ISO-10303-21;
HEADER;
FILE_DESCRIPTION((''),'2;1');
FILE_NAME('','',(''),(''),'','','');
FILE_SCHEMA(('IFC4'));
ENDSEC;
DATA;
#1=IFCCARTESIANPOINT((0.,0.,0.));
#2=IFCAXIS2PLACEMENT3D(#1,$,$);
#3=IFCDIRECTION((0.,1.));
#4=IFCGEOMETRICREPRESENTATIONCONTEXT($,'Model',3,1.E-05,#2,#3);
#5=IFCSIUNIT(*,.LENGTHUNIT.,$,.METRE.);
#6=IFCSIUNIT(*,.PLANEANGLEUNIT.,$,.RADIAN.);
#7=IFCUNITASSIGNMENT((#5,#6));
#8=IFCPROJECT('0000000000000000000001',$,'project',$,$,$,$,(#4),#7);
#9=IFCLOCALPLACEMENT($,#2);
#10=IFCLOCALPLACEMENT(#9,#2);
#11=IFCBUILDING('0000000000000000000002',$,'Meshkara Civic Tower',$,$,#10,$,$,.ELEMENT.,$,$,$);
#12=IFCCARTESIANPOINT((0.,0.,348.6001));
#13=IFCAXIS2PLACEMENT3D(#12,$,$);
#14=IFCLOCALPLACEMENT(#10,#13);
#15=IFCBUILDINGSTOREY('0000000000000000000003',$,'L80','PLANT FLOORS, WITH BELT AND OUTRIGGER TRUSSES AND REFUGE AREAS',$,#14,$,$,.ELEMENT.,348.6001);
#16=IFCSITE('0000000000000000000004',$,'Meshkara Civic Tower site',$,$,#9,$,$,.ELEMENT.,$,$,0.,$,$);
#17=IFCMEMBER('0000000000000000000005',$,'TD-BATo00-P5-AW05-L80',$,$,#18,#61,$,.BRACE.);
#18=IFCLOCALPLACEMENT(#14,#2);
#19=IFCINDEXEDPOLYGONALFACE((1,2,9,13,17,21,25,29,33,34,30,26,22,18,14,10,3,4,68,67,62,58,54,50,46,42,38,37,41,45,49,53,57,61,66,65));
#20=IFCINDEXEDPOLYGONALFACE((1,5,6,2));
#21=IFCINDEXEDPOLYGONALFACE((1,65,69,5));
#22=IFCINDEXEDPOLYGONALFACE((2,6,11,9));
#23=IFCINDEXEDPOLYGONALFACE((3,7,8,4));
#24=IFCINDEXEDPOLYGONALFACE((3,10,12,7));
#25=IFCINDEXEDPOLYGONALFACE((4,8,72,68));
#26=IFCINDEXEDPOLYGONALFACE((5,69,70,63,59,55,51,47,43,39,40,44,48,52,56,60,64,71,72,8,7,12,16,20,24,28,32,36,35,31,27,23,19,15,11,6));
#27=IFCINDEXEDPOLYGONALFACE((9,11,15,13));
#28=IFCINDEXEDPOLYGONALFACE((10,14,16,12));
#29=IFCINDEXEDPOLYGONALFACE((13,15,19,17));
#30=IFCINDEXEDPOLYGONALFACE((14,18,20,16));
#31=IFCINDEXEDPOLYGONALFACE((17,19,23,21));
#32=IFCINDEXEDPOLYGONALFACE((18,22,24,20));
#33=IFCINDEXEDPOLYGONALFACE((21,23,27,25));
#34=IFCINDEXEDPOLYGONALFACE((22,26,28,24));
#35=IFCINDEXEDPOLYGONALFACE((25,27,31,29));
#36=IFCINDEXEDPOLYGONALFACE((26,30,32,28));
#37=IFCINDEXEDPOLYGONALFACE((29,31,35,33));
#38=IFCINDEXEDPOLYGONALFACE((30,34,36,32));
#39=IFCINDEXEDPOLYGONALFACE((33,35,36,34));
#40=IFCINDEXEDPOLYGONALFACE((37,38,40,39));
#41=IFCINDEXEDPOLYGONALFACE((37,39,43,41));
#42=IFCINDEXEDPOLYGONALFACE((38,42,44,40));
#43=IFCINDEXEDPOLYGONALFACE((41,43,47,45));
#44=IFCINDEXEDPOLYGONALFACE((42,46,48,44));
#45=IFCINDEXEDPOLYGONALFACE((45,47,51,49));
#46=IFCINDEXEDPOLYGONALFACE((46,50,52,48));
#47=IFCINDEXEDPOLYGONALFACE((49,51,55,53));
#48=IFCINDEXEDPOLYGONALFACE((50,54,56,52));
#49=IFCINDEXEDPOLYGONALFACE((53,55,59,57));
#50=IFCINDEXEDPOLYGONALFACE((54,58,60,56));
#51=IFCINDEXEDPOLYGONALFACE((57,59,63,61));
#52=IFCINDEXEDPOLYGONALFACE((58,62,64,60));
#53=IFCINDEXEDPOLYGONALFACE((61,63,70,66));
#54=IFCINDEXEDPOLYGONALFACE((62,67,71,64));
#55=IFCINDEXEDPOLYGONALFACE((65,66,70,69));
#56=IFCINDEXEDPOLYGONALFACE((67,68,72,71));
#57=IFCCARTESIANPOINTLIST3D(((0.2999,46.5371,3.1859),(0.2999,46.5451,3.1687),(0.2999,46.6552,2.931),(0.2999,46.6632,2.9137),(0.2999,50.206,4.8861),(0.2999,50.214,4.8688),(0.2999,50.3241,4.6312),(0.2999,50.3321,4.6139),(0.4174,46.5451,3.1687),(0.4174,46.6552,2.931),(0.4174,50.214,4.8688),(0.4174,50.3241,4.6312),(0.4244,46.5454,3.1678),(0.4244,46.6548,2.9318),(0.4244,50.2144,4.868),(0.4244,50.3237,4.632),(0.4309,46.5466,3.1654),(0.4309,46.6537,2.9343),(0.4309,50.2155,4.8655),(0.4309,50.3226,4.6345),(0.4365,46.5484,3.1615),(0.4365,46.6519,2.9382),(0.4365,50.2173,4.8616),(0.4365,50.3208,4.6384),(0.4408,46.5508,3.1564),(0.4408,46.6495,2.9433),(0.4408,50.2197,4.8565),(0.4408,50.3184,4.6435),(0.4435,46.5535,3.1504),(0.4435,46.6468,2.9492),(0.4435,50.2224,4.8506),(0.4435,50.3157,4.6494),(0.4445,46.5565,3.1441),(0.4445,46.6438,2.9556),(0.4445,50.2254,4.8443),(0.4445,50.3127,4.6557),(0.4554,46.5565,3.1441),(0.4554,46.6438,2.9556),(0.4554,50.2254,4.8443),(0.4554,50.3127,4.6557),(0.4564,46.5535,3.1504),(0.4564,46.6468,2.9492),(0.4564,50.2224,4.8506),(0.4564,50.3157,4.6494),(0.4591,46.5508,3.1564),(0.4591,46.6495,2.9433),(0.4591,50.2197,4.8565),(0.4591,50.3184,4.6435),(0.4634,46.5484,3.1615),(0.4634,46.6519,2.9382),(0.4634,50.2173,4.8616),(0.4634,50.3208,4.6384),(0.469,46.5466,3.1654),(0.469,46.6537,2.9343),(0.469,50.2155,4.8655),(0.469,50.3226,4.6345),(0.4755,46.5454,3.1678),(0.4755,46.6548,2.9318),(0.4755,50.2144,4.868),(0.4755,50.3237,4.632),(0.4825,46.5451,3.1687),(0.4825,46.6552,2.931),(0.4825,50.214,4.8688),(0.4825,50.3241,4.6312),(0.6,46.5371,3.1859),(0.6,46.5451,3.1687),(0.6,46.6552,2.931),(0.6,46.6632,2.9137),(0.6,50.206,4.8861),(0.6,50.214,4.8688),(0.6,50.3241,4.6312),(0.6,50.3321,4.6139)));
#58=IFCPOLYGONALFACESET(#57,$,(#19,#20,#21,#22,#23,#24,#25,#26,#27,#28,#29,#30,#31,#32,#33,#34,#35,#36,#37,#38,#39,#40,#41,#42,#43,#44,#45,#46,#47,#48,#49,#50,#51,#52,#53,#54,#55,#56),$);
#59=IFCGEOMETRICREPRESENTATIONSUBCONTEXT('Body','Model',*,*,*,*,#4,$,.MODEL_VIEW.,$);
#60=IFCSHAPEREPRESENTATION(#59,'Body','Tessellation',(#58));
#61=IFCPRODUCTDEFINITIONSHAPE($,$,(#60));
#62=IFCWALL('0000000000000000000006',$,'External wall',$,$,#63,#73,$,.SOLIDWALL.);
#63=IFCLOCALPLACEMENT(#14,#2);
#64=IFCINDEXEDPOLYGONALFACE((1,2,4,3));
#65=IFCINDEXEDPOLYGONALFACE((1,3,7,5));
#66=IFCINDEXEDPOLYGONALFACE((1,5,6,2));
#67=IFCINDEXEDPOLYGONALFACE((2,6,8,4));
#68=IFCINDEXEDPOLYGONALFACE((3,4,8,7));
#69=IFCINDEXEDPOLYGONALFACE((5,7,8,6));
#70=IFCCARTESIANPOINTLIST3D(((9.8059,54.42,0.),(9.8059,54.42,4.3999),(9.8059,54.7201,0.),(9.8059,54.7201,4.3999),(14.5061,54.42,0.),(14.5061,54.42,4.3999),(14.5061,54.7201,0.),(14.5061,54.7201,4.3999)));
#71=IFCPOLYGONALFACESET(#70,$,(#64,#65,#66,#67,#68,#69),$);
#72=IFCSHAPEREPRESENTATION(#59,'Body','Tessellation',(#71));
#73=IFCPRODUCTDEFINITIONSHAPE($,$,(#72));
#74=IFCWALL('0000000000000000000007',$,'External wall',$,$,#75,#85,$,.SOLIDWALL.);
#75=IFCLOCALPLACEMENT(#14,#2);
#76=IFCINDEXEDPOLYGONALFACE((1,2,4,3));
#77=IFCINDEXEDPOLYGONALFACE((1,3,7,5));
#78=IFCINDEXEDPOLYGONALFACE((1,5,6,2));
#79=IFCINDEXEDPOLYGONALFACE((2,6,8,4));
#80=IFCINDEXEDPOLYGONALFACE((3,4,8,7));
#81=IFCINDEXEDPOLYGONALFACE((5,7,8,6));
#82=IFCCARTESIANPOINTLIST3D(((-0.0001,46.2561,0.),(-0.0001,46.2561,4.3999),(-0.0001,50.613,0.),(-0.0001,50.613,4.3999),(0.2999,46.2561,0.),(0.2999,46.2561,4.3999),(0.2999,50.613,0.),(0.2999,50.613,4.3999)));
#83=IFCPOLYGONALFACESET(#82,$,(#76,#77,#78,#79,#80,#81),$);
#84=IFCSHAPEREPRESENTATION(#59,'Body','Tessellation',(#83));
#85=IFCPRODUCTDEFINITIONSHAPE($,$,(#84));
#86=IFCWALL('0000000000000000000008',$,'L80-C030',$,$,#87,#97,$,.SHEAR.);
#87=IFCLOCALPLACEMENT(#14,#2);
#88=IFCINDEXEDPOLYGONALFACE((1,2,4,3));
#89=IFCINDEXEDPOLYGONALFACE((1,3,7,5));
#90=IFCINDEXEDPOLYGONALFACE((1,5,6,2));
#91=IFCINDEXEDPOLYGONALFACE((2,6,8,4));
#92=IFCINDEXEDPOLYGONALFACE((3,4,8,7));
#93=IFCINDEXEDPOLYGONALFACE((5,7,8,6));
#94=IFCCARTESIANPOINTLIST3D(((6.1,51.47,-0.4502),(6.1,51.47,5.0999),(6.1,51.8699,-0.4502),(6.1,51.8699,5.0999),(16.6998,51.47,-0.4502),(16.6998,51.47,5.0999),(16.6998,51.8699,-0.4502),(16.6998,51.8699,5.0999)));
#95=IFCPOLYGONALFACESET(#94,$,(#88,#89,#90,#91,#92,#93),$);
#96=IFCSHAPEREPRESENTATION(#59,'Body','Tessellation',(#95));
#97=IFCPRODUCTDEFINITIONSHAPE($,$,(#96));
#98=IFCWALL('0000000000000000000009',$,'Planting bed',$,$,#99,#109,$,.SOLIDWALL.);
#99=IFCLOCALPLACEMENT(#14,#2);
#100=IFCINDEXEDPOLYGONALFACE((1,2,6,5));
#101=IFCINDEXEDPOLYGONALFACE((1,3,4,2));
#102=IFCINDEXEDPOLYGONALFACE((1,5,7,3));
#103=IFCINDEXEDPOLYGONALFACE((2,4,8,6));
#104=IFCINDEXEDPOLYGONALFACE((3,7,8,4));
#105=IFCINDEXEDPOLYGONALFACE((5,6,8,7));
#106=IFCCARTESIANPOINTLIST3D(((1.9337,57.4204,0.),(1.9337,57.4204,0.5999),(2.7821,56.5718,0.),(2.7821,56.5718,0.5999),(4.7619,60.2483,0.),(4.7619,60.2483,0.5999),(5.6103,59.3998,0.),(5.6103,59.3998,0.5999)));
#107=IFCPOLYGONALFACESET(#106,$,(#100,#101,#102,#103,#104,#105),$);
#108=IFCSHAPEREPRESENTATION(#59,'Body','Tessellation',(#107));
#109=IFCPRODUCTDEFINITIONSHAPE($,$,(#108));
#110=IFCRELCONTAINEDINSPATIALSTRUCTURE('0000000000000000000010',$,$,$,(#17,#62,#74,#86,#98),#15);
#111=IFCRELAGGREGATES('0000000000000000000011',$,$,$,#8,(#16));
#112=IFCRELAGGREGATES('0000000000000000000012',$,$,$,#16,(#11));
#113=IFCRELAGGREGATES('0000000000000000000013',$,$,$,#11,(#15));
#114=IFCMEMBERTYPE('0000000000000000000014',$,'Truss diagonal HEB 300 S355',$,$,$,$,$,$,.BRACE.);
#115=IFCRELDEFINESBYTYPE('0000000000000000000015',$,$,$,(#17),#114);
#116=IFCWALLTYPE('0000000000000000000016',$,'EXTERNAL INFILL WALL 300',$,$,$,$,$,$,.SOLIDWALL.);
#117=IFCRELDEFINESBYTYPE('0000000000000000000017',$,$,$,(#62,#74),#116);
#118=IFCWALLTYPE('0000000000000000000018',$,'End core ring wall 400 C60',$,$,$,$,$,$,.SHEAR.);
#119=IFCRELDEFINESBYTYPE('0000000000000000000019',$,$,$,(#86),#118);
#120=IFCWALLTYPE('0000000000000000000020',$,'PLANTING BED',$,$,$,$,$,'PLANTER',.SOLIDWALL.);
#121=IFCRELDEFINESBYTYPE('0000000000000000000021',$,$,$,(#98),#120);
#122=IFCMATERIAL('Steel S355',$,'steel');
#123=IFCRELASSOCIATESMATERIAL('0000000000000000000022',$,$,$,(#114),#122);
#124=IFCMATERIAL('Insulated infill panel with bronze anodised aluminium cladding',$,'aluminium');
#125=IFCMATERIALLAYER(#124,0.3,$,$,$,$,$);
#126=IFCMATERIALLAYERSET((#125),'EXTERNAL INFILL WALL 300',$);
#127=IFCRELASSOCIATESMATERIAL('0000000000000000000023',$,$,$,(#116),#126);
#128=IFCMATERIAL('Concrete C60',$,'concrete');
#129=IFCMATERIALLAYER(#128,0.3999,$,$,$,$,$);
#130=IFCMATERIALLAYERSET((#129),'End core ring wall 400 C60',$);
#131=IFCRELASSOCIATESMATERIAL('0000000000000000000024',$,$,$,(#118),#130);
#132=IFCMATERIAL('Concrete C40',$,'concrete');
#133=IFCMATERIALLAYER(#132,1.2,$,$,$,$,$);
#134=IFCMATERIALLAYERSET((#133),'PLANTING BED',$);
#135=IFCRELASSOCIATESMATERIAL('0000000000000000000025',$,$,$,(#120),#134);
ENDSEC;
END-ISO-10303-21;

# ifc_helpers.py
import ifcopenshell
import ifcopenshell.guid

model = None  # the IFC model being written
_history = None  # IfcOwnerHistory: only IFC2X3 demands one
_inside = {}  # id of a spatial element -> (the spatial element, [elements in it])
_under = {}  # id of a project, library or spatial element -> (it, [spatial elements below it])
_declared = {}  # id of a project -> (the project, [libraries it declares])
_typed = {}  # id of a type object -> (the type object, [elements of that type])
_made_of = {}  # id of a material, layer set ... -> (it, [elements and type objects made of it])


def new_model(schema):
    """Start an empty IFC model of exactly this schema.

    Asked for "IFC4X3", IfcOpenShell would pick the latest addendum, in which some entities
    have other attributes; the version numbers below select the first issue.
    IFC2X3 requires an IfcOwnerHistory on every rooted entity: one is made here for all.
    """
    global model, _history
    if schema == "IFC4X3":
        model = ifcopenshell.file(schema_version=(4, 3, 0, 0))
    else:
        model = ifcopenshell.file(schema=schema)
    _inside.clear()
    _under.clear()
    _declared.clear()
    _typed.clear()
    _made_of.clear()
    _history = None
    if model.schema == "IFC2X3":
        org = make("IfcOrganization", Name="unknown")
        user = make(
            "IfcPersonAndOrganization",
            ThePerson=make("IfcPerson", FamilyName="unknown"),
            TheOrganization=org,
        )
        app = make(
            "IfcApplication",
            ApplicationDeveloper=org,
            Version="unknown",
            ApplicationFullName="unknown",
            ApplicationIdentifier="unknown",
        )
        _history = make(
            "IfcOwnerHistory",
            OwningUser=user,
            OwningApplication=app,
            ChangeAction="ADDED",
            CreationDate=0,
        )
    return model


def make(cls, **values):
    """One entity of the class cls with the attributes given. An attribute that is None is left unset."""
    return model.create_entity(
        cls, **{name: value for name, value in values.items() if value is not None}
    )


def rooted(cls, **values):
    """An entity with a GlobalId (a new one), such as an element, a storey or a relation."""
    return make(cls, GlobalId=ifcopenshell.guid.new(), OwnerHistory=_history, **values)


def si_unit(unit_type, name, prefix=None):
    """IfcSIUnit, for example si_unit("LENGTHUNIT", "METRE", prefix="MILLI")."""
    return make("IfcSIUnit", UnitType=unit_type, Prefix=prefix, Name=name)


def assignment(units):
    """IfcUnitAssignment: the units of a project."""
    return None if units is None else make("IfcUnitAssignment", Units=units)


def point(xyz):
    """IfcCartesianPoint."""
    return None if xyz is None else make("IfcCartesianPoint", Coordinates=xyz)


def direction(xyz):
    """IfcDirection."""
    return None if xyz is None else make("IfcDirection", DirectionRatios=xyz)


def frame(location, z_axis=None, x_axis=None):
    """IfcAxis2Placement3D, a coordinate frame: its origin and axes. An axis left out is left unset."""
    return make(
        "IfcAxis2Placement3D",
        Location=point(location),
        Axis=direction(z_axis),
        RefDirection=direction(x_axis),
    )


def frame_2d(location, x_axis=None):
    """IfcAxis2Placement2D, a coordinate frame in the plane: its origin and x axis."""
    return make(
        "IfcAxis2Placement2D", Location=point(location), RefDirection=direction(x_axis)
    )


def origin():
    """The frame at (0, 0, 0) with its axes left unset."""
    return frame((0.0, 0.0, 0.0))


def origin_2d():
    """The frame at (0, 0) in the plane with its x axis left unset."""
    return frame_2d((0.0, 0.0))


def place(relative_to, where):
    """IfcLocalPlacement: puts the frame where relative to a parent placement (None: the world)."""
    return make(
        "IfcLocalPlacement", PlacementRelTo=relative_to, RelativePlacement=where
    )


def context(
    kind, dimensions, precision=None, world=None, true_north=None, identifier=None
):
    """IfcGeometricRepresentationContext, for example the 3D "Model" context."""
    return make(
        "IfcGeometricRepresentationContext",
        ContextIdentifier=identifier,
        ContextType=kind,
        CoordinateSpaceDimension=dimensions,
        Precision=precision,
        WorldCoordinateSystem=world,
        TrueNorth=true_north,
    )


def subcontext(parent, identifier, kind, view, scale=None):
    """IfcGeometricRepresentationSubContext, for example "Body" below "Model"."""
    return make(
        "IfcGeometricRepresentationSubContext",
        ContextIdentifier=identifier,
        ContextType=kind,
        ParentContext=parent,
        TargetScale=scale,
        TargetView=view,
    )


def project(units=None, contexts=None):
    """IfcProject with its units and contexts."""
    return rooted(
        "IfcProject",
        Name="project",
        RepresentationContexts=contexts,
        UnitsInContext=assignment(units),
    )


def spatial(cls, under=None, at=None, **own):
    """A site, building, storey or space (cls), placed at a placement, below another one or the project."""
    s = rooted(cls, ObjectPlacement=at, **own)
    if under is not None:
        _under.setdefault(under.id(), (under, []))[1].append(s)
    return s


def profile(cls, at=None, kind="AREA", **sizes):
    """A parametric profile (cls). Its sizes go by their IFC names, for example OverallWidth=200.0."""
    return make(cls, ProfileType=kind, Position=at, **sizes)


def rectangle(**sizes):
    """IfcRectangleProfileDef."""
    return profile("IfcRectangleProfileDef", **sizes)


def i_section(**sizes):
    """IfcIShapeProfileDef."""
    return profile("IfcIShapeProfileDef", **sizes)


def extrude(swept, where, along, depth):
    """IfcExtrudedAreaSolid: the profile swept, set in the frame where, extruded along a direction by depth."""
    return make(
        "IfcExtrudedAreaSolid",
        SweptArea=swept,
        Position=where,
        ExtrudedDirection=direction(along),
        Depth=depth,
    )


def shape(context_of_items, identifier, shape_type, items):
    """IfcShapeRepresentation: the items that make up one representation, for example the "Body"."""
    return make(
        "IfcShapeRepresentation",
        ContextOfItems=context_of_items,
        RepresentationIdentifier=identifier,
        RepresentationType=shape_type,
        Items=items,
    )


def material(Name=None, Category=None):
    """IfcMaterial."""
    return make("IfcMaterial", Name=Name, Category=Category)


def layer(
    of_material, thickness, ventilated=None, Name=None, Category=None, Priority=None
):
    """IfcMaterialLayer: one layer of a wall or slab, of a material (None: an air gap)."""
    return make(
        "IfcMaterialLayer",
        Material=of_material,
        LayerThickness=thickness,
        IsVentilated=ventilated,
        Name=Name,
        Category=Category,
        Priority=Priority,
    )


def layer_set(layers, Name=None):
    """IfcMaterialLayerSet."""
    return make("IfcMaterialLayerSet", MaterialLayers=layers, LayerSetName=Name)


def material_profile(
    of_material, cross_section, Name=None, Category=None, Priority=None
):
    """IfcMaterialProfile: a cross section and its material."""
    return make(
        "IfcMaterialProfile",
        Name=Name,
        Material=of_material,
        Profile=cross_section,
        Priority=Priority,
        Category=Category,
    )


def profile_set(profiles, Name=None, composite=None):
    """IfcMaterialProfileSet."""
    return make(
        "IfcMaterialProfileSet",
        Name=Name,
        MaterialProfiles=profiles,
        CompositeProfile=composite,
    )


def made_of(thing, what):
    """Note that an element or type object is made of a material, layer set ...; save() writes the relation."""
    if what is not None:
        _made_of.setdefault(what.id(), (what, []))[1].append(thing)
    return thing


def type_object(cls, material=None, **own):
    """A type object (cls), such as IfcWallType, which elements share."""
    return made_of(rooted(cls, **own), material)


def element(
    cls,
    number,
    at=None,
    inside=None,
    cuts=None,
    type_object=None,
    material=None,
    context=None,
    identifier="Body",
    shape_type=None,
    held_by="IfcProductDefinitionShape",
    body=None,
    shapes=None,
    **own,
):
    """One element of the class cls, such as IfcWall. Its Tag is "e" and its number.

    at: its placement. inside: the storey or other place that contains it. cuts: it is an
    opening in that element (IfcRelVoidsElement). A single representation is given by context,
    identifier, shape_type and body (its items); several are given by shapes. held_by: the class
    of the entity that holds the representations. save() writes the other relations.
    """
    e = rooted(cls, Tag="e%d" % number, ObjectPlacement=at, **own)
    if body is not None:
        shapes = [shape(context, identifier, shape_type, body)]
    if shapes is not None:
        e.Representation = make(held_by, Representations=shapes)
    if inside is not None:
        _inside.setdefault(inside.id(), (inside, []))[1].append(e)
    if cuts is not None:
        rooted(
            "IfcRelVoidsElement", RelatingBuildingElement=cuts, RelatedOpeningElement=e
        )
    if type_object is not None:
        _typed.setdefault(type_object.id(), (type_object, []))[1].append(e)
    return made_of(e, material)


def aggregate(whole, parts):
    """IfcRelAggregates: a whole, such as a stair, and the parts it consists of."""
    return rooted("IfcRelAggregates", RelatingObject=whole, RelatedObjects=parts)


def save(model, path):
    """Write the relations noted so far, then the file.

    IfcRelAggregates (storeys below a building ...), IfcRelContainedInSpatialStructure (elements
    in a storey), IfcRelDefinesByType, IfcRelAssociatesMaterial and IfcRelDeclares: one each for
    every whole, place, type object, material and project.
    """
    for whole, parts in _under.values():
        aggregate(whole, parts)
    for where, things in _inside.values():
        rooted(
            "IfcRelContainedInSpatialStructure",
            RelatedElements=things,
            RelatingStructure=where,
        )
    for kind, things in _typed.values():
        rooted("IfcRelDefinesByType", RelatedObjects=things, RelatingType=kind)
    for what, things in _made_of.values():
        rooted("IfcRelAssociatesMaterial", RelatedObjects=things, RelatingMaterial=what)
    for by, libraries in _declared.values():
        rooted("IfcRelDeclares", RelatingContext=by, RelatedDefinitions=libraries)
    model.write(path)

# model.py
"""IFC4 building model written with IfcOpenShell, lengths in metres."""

from ifc_helpers import new_model, si_unit, direction, frame, frame_2d, origin, origin_2d, place, context, subcontext, project, spatial, rectangle, i_section, extrude, material, layer, layer_set, material_profile, profile_set, type_object, element, save


model = new_model("IFC4")

# Units and contexts
model_context = context("Model", 3, precision=1e-05, world=origin(), true_north=direction((0.0, 1.0)))
body_context = subcontext(model_context, "Body", "Model", "MODEL_VIEW")
ifc_project = project(units=[si_unit("LENGTHUNIT", "METRE"), si_unit("PLANEANGLEUNIT", "RADIAN")], contexts=[model_context])

# Site, building, storey
site_placement = place(None, origin())
site = spatial("IfcSite", under=ifc_project, at=site_placement, Name="Meshkara Civic Tower site", CompositionType="ELEMENT", RefElevation=0.0)
building_placement = place(site_placement, origin())
building = spatial("IfcBuilding", under=site, at=building_placement, Name="Meshkara Civic Tower", CompositionType="ELEMENT")
storey_placement = place(building_placement, frame((0.0, 0.0, 348.6001)))
storey = spatial("IfcBuildingStorey", under=building, at=storey_placement, Name="L80", Description="PLANT FLOORS, WITH BELT AND OUTRIGGER TRUSSES AND REFUGE AREAS", CompositionType="ELEMENT", Elevation=348.6001)

# Member
ifc_material_1 = material(Name="Steel S355", Category="steel")
ifc_material_profile_1 = material_profile(ifc_material_1, i_section(OverallWidth=0.3, OverallDepth=0.3, WebThickness=0.011, FlangeThickness=0.019, FilletRadius=0.0271, at=origin_2d()))
ifc_profile_set_1 = profile_set([ifc_material_profile_1], Name="Steel S355")
member_type = type_object("IfcMemberType", Name="Truss diagonal HEB 300 S355", PredefinedType="BRACE", material=ifc_profile_set_1)
member_1_placement = place(storey_placement, frame((0.45, 50.269, 4.75), z_axis=(0.0, -0.907315, -0.420451), x_axis=(1.0, 0.0, 0.0)))
element("IfcMember", 1, at=member_1_placement, inside=storey, type_object=member_type, Name="TD-BATo00-P5-AW05-L80", PredefinedType="BRACE", context=body_context, shape_type="SweptSolid", body=[
    extrude(i_section(OverallWidth=0.3, OverallDepth=0.3, WebThickness=0.011, FlangeThickness=0.019, FilletRadius=0.0271, at=origin_2d()), origin(), (0.0, 0.0, 1.0), 4.0437),
])

# Wall
ifc_material_2 = material(Name="Insulated infill panel with bronze anodised aluminium cladding", Category="aluminium")
ifc_layer_1 = layer(ifc_material_2, 0.3)
ifc_layer_set_1 = layer_set([ifc_layer_1], Name="EXTERNAL INFILL WALL 300")
wall_type_1 = type_object("IfcWallType", Name="EXTERNAL INFILL WALL 300", PredefinedType="SOLIDWALL", material=ifc_layer_set_1)
wall_1_placement = place(storey_placement, frame((14.5061, 54.5701, 0.0), z_axis=(0.0, 0.0, 1.0), x_axis=(-1.0, 0.0, 0.0)))
element("IfcWall", 2, at=wall_1_placement, inside=storey, type_object=wall_type_1, Name="External wall", PredefinedType="SOLIDWALL", context=body_context, shape_type="SweptSolid", body=[
    extrude(rectangle(XDim=4.7002, YDim=0.3, at=frame_2d((2.3501, 0.0))), origin(), (0.0, 0.0, 1.0), 4.3999),
])

# Walls
wall_2_placement = place(storey_placement, frame((0.1499, 50.613, 0.0), z_axis=(0.0, 0.0, 1.0), x_axis=(0.0, -1.0, 0.0)))
element("IfcWall", 3, at=wall_2_placement, inside=storey, type_object=wall_type_1, Name="External wall", PredefinedType="SOLIDWALL", context=body_context, shape_type="SweptSolid", body=[
    extrude(rectangle(XDim=4.3569, YDim=0.3, at=frame_2d((2.1785, 0.0))), origin(), (0.0, 0.0, 1.0), 4.3999),
])
ifc_material_3 = material(Name="Concrete C60", Category="concrete")
ifc_layer_2 = layer(ifc_material_3, 0.3999)
ifc_layer_set_2 = layer_set([ifc_layer_2], Name="End core ring wall 400 C60")
wall_type_2 = type_object("IfcWallType", Name="End core ring wall 400 C60", PredefinedType="SHEAR", material=ifc_layer_set_2)
wall_3_placement = place(storey_placement, frame((6.1001, 51.6699, -0.4502), z_axis=(0.0, 0.0, 1.0), x_axis=(1.0, 0.0, 0.0)))
element("IfcWall", 4, at=wall_3_placement, inside=storey, type_object=wall_type_2, Name="L80-C030", PredefinedType="SHEAR", context=body_context, shape_type="SweptSolid", body=[
    extrude(rectangle(XDim=10.5999, YDim=0.3999, at=frame_2d((5.2998, 0.0))), origin(), (0.0, 0.0, 1.0), 5.55),
])
ifc_material_4 = material(Name="Concrete C40", Category="concrete")
ifc_layer_3 = layer(ifc_material_4, 1.2)
ifc_layer_set_3 = layer_set([ifc_layer_3], Name="PLANTING BED")
wall_type_3 = type_object("IfcWallType", Name="PLANTING BED", ElementType="PLANTER", PredefinedType="SOLIDWALL", material=ifc_layer_set_3)
wall_4_placement = place(storey_placement, frame((2.3579, 56.9961, 0.0), z_axis=(0.0, 0.0, 1.0), x_axis=(0.707137, 0.707076, 0.0)))
element("IfcWall", 5, at=wall_4_placement, inside=storey, type_object=wall_type_3, Name="Planting bed", PredefinedType="SOLIDWALL", context=body_context, shape_type="SweptSolid", body=[
    extrude(rectangle(XDim=3.9995, YDim=1.2, at=frame_2d((1.9998, 0.0))), origin(), (0.0, 0.0, 1.0), 0.5999),
])

save(model, "model.ifc")
